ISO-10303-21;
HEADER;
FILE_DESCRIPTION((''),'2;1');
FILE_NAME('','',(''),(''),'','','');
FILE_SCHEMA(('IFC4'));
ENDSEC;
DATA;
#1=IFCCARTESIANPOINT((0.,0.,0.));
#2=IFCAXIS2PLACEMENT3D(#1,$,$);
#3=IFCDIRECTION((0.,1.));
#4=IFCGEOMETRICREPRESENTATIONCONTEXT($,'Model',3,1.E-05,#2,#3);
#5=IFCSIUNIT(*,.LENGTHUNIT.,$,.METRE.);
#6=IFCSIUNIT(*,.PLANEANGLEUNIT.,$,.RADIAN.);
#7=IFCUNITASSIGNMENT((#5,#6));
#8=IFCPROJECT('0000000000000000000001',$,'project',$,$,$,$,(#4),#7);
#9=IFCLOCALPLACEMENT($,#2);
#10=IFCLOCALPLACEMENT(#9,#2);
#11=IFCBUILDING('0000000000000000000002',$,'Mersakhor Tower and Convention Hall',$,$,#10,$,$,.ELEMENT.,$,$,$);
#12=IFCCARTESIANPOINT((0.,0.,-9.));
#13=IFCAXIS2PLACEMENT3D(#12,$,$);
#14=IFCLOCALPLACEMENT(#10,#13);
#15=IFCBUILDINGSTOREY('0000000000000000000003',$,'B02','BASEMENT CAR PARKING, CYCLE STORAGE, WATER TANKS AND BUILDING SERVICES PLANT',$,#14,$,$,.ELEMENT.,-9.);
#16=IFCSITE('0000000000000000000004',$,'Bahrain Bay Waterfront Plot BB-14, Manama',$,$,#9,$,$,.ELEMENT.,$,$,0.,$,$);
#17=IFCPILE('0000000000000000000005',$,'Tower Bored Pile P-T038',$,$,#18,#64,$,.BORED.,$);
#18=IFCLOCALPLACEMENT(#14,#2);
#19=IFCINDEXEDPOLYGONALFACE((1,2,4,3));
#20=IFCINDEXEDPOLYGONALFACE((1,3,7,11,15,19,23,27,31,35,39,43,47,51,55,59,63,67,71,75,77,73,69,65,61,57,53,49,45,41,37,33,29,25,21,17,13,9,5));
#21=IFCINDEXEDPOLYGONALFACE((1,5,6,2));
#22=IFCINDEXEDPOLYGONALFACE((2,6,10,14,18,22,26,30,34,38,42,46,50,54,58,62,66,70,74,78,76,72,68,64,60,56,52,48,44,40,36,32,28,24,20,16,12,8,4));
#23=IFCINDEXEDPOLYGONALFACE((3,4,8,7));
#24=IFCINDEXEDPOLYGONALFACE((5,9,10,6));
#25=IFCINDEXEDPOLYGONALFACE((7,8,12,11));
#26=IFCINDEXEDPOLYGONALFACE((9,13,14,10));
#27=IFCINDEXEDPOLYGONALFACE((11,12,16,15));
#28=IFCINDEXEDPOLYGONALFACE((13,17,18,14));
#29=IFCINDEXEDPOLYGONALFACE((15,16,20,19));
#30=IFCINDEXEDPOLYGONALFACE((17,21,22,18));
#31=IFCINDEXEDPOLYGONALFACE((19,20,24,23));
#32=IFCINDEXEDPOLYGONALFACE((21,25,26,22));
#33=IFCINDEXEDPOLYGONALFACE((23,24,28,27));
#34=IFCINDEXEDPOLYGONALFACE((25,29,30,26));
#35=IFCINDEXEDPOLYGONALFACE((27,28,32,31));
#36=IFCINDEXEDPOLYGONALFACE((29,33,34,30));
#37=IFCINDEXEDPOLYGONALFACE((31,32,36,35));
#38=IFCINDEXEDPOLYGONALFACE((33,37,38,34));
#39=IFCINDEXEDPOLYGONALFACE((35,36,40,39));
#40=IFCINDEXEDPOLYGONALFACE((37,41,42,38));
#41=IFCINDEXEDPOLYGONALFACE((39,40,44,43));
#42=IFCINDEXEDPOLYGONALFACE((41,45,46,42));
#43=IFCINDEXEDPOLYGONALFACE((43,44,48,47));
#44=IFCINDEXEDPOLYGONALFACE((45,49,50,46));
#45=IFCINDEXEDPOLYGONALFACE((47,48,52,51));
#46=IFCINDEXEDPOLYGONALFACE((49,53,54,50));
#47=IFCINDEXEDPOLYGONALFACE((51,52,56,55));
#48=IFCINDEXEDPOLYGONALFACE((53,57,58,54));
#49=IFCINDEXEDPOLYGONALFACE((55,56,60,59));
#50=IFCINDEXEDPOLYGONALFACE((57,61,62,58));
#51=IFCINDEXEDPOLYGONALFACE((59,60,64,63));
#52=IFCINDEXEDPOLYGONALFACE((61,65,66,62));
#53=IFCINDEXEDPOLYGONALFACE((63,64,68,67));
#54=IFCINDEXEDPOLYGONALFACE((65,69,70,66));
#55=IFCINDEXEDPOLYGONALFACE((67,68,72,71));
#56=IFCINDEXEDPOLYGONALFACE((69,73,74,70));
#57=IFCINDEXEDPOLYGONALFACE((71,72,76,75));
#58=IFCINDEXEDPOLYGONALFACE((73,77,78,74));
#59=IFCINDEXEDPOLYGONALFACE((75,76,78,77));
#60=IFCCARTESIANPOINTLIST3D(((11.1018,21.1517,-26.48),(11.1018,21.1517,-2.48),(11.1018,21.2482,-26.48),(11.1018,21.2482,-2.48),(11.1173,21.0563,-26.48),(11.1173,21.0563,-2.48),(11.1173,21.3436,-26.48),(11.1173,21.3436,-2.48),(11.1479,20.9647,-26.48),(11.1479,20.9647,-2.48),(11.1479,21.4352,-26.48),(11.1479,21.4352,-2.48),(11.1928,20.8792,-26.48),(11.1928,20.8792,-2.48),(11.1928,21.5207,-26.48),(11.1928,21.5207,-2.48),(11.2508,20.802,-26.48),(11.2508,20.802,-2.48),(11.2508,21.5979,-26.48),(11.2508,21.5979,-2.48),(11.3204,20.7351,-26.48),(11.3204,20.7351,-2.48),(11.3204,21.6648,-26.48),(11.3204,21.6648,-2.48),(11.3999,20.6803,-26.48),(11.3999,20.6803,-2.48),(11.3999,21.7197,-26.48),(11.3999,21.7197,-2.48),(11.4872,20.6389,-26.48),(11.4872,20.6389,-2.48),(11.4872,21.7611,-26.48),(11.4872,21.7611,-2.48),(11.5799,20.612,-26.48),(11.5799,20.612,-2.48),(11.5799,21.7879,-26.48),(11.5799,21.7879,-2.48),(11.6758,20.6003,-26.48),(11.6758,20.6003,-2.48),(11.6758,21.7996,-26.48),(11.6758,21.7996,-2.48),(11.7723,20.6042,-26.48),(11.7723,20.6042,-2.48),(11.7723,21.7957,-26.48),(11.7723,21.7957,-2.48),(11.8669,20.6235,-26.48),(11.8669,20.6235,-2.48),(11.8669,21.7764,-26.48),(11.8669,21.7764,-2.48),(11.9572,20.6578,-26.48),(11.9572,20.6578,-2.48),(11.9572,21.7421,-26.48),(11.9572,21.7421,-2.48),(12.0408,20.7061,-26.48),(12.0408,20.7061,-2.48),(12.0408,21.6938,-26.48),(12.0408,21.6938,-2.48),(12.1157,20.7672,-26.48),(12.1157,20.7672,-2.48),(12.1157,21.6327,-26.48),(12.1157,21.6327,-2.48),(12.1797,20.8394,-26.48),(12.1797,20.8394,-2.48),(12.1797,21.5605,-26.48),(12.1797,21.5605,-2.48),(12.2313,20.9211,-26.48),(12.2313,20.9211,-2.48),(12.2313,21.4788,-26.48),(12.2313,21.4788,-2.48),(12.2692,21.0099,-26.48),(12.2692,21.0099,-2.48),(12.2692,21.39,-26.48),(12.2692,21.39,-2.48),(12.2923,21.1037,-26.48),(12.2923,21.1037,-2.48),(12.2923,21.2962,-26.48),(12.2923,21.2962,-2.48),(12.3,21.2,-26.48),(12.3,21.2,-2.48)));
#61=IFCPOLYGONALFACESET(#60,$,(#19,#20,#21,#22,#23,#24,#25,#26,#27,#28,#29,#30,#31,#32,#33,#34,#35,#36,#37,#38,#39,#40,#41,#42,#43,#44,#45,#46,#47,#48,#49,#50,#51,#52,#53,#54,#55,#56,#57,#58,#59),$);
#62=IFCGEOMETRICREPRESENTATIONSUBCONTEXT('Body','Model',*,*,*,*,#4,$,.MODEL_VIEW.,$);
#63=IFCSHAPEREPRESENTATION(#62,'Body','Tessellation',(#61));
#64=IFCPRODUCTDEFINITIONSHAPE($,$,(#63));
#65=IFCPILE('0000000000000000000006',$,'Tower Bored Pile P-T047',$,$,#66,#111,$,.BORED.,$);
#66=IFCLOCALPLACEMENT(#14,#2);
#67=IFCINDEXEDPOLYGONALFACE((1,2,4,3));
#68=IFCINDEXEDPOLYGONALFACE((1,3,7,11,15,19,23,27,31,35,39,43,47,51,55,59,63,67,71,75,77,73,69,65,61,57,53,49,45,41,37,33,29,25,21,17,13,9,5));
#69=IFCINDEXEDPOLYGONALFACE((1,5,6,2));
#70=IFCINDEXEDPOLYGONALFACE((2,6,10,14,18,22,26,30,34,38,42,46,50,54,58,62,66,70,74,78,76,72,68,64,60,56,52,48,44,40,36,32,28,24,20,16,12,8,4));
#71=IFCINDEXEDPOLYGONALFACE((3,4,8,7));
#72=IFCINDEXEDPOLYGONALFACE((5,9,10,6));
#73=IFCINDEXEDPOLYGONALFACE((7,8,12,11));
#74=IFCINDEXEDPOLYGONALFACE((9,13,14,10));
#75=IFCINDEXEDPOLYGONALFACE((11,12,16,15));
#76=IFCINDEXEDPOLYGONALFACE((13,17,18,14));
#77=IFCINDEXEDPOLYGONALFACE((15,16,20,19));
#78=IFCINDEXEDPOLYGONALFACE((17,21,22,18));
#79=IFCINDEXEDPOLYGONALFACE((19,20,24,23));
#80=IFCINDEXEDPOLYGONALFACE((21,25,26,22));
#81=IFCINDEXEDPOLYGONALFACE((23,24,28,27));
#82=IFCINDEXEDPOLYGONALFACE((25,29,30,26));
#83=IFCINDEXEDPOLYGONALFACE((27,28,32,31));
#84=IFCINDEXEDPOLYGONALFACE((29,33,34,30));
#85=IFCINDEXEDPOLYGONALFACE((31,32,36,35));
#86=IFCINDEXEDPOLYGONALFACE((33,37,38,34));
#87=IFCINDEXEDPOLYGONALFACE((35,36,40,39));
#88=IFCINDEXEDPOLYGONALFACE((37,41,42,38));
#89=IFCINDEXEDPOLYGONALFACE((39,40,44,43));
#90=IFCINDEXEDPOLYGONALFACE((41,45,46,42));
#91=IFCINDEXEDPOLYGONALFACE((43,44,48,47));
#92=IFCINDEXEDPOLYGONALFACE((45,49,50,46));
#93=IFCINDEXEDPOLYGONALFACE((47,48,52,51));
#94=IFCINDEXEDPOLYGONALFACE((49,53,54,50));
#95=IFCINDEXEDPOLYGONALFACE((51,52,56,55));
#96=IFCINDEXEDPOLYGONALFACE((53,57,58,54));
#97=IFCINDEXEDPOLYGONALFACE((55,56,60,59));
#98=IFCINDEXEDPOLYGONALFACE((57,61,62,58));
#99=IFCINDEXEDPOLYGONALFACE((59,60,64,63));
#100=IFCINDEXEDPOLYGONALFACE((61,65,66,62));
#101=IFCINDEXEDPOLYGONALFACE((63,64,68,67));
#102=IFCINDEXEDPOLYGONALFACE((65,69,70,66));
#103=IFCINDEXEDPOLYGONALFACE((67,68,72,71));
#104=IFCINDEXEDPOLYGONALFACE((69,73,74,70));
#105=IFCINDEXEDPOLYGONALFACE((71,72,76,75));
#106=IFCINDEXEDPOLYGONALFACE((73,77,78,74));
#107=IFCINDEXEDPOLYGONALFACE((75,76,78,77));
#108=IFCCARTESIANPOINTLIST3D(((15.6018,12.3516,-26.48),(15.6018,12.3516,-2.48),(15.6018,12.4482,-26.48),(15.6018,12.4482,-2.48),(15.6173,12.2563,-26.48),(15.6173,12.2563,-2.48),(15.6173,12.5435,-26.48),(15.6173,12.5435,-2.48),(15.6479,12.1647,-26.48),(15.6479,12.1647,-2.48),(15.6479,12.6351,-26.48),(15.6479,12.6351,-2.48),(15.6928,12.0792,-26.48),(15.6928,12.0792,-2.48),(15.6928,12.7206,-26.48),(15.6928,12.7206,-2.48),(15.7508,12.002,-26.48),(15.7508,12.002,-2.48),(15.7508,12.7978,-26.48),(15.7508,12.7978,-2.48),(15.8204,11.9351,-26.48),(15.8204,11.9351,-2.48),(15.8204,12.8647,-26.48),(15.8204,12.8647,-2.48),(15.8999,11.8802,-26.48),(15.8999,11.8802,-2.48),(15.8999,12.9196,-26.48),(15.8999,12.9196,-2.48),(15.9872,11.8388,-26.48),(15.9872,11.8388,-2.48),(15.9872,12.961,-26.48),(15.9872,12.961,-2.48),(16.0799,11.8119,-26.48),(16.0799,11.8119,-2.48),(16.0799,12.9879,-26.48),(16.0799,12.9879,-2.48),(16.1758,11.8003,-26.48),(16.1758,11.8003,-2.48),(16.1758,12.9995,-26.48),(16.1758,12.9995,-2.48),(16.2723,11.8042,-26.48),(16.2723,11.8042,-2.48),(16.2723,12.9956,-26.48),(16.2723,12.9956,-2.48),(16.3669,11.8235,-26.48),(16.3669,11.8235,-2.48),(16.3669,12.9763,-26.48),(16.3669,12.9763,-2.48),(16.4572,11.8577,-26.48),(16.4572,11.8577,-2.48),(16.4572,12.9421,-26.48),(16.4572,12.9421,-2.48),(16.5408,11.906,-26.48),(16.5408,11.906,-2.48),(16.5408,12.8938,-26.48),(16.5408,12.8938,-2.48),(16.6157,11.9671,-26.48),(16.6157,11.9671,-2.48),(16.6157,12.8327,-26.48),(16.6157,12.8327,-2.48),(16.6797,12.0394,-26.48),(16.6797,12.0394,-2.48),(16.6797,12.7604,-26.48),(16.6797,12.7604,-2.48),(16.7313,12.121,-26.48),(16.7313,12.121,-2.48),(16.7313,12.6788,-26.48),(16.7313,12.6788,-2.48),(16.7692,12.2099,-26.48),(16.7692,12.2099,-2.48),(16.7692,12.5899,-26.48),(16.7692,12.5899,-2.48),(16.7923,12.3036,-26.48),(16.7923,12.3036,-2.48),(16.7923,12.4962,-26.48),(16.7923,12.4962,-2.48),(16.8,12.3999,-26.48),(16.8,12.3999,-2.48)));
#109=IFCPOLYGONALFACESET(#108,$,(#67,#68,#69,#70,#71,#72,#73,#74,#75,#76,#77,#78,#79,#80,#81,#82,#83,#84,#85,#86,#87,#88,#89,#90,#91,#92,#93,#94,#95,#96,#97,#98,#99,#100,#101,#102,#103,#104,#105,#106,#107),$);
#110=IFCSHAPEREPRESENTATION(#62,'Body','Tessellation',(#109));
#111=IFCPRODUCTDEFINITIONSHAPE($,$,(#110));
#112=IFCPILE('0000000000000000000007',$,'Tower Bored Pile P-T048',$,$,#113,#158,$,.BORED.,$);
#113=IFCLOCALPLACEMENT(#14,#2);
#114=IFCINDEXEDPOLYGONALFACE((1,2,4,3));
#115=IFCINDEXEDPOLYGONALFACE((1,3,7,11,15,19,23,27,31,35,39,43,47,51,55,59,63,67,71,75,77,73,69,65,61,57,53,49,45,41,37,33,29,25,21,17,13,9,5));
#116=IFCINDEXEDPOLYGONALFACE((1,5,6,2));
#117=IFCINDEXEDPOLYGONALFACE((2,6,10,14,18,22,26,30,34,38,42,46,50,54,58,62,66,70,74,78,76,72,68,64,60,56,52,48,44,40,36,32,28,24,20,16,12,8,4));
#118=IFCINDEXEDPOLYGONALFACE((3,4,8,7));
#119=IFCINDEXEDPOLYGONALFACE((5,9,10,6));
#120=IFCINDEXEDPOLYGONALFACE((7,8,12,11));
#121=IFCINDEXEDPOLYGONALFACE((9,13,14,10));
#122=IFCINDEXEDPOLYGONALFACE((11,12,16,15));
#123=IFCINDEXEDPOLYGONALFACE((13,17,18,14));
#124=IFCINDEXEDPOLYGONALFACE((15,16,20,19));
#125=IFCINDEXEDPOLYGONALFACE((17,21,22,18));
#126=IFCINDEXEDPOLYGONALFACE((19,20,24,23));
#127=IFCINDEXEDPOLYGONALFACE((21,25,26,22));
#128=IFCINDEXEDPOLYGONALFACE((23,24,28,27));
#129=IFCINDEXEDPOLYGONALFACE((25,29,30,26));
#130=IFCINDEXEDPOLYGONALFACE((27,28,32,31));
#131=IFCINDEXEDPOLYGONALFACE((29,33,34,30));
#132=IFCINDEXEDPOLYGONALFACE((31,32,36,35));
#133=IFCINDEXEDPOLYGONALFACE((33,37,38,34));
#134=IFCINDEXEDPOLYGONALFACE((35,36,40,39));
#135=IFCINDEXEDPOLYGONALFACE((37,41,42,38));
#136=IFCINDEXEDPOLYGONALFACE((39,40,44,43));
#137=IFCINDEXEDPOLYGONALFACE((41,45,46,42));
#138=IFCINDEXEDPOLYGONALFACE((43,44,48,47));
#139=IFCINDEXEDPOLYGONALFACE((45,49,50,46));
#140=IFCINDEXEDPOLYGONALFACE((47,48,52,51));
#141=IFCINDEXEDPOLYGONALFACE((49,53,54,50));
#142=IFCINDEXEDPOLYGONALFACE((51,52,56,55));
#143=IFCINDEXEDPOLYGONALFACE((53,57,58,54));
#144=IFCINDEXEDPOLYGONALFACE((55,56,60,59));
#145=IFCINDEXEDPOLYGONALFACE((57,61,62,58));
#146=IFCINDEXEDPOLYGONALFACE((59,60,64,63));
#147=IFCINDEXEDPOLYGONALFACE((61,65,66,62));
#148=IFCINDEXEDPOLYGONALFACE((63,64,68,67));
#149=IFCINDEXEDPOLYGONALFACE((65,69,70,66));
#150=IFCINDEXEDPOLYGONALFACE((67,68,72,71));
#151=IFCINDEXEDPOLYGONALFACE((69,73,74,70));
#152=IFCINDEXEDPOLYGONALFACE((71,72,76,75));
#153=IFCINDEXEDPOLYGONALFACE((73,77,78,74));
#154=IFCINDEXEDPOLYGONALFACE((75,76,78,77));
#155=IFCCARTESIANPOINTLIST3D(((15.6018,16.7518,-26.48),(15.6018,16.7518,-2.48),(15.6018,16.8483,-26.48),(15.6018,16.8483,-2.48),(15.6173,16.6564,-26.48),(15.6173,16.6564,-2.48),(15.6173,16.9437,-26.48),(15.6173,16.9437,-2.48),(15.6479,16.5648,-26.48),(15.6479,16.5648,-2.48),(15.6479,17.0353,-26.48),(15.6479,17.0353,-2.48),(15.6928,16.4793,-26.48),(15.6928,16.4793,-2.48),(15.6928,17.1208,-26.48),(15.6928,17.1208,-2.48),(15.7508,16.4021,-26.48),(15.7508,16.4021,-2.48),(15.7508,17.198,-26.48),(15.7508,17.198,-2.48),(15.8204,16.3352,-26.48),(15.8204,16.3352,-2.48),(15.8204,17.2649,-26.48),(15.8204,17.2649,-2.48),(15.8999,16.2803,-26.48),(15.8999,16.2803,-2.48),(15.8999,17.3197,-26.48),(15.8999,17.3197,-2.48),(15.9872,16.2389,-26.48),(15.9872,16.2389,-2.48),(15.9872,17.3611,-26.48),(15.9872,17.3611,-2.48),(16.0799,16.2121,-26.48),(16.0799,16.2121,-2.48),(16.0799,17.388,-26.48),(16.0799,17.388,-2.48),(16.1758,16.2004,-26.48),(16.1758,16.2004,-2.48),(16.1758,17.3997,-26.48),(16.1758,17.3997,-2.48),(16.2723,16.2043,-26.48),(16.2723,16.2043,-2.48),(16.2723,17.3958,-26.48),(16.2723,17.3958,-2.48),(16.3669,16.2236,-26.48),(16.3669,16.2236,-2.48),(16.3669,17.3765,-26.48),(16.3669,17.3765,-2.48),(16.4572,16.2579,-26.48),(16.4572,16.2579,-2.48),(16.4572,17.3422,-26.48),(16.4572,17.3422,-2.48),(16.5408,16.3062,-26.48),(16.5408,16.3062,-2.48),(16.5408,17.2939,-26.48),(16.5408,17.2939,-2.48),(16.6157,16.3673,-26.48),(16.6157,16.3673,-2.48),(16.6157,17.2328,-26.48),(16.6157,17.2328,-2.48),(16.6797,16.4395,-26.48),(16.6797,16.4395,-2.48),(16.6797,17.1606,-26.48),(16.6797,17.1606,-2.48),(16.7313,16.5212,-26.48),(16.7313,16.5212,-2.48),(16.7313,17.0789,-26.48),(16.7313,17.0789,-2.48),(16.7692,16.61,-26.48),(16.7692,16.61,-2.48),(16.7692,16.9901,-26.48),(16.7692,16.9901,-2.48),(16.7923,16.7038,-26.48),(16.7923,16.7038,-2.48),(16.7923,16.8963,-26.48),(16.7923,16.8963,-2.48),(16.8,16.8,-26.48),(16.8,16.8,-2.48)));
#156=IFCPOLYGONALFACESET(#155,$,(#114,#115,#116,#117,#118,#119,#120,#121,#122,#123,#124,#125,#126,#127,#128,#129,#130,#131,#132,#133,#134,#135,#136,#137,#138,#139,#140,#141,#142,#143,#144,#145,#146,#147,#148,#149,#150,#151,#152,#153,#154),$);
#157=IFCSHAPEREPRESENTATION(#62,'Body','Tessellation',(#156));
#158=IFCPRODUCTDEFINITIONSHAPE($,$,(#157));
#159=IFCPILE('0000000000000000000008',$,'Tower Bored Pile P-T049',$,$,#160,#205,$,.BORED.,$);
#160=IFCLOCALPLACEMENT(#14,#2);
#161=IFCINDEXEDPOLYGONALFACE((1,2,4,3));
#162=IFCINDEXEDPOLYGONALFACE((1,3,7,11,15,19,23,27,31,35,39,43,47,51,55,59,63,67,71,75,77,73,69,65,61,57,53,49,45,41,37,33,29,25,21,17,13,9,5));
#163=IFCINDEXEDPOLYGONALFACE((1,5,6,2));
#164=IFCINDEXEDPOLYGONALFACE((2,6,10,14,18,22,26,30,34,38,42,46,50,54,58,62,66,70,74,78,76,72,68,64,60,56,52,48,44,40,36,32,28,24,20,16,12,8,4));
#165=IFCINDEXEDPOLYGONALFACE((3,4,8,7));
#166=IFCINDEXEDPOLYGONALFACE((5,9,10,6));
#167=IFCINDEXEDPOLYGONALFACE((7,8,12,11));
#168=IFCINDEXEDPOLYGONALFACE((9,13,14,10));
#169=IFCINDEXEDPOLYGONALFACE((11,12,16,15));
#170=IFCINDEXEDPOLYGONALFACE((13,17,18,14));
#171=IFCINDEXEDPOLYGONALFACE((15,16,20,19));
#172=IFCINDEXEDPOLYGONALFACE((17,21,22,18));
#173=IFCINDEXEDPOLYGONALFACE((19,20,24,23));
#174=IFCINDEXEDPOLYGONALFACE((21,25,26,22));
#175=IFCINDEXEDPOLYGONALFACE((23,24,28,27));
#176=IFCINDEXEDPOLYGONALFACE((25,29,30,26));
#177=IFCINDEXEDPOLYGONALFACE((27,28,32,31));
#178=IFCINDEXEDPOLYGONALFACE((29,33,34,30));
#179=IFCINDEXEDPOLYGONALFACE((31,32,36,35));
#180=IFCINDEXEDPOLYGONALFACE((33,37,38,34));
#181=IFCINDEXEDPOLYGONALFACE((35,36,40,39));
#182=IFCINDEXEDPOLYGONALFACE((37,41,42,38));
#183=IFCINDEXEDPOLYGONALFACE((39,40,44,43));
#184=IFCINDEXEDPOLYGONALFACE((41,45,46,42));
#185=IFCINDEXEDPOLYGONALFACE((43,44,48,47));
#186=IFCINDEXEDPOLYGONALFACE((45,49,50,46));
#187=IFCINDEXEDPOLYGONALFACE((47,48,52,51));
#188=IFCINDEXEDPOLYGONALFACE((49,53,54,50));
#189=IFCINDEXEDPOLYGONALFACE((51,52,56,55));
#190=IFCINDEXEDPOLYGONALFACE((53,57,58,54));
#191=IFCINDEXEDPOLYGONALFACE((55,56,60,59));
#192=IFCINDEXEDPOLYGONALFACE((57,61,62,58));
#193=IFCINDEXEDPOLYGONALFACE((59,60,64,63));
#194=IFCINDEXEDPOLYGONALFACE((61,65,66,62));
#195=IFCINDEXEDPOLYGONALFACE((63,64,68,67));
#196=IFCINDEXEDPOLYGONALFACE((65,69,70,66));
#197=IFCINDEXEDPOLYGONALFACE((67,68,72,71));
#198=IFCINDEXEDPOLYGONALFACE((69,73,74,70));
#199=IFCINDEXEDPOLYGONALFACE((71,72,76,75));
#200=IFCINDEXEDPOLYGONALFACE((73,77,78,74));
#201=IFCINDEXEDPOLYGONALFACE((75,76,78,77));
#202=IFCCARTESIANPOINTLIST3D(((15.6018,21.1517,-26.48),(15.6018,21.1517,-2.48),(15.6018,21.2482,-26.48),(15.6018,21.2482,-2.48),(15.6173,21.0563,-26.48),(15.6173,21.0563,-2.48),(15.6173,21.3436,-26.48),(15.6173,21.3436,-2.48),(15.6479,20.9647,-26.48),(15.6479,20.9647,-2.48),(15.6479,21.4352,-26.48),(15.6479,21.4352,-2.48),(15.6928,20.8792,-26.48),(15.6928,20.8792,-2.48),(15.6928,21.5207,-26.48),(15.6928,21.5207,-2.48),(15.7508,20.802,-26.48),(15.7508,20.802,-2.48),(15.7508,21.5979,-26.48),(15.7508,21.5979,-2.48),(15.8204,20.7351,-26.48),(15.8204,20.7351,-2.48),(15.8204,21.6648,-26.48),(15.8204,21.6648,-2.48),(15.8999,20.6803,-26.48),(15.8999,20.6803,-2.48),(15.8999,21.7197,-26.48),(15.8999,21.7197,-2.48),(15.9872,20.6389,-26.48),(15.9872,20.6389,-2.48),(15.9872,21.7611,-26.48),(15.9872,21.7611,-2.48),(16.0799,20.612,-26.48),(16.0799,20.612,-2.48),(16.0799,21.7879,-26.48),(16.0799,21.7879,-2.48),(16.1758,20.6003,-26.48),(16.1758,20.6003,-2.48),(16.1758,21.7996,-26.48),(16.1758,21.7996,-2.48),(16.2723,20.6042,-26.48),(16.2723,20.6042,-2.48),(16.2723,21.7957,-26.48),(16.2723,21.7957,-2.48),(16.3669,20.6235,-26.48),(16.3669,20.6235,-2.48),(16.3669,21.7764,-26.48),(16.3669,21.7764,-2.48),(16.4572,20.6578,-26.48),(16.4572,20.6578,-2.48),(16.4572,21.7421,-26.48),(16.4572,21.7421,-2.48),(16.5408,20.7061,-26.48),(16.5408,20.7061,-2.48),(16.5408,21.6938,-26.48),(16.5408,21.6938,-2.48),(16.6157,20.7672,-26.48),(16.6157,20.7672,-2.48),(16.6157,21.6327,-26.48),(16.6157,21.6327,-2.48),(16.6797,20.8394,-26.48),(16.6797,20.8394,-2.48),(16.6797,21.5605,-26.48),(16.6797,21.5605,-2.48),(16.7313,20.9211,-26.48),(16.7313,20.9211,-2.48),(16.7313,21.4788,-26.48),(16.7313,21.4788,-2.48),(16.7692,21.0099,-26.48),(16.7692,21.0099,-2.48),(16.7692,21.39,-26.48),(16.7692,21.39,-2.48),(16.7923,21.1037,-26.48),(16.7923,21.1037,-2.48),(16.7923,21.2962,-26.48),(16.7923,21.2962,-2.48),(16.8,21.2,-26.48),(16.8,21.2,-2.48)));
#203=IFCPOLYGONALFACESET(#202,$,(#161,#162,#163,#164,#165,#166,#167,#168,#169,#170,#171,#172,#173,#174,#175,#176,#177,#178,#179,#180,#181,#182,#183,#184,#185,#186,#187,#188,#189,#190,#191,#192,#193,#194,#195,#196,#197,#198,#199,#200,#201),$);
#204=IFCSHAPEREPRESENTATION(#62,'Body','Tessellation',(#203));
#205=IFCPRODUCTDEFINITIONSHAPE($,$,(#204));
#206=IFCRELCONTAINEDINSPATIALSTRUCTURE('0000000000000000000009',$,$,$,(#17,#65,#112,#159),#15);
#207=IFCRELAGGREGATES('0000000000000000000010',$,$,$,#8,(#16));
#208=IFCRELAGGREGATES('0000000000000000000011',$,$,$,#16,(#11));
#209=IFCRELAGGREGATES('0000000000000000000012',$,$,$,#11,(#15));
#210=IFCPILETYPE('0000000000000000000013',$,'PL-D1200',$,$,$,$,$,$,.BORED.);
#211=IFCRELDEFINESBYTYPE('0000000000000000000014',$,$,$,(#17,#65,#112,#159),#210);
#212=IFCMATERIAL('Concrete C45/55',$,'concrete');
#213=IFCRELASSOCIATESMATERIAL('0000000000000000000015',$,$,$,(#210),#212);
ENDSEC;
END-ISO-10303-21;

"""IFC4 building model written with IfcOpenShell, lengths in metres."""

from ifc_helpers import new_model, si_unit, direction, frame, origin, origin_2d, place, context, subcontext, project, spatial, circle, extrude, material, material_profile, profile_set, type_object, element, save


model = new_model("IFC4")

# Units and contexts
model_context = context("Model", 3, precision=1e-05, world=origin(), true_north=direction((0.0, 1.0)))
body_context = subcontext(model_context, "Body", "Model", "MODEL_VIEW")
ifc_project = project(units=[si_unit("LENGTHUNIT", "METRE"), si_unit("PLANEANGLEUNIT", "RADIAN")], contexts=[model_context])

# Site, building, storey
site_placement = place(None, origin())
site = spatial("IfcSite", under=ifc_project, at=site_placement, Name="Bahrain Bay Waterfront Plot BB-14, Manama", CompositionType="ELEMENT", RefElevation=0.0)
building_placement = place(site_placement, origin())
building = spatial("IfcBuilding", under=site, at=building_placement, Name="Mersakhor Tower and Convention Hall", CompositionType="ELEMENT")
storey_placement = place(building_placement, frame((0.0, 0.0, -9.0)))
storey = spatial("IfcBuildingStorey", under=building, at=storey_placement, Name="B02", Description="BASEMENT CAR PARKING, CYCLE STORAGE, WATER TANKS AND BUILDING SERVICES PLANT", CompositionType="ELEMENT", Elevation=-9.0)

# Piles
ifc_material_1 = material(Name="Concrete C45/55", Category="concrete")
ifc_material_profile_1 = material_profile(ifc_material_1, circle(Radius=0.6001, at=origin_2d()), Name="PILE D1200")
ifc_profile_set_1 = profile_set([ifc_material_profile_1], Name="Concrete C45/55")
pile_type = type_object("IfcPileType", Name="PL-D1200", PredefinedType="BORED", material=ifc_profile_set_1)
for number, where, z_axis, x_axis, name in (
    (1, (11.7, 21.2, -2.48), (0.0, 0.0, -1.0), (1.0, 0.0, 0.0), "Tower Bored Pile P-T038"),
    (2, (16.2, 12.3999, -2.48), (0.0, 0.0, -1.0), (1.0, 0.0, 0.0), "Tower Bored Pile P-T047"),
    (3, (16.2, 16.8, -2.48), (0.0, 0.0, -1.0), (1.0, 0.0, 0.0), "Tower Bored Pile P-T048"),
    (4, (16.2, 21.2, -2.48), (0.0, 0.0, -1.0), (1.0, 0.0, 0.0), "Tower Bored Pile P-T049"),
):
    element("IfcPile", number, at=place(storey_placement, frame(where, z_axis=z_axis, x_axis=x_axis)), inside=storey, type_object=pile_type, Name=name, PredefinedType="BORED", context=body_context, shape_type="SweptSolid", body=[
        extrude(circle(Radius=0.6001, at=origin_2d()), origin(), (0.0, 0.0, 1.0), 24.0),
    ])

save(model, "model.ifc")
